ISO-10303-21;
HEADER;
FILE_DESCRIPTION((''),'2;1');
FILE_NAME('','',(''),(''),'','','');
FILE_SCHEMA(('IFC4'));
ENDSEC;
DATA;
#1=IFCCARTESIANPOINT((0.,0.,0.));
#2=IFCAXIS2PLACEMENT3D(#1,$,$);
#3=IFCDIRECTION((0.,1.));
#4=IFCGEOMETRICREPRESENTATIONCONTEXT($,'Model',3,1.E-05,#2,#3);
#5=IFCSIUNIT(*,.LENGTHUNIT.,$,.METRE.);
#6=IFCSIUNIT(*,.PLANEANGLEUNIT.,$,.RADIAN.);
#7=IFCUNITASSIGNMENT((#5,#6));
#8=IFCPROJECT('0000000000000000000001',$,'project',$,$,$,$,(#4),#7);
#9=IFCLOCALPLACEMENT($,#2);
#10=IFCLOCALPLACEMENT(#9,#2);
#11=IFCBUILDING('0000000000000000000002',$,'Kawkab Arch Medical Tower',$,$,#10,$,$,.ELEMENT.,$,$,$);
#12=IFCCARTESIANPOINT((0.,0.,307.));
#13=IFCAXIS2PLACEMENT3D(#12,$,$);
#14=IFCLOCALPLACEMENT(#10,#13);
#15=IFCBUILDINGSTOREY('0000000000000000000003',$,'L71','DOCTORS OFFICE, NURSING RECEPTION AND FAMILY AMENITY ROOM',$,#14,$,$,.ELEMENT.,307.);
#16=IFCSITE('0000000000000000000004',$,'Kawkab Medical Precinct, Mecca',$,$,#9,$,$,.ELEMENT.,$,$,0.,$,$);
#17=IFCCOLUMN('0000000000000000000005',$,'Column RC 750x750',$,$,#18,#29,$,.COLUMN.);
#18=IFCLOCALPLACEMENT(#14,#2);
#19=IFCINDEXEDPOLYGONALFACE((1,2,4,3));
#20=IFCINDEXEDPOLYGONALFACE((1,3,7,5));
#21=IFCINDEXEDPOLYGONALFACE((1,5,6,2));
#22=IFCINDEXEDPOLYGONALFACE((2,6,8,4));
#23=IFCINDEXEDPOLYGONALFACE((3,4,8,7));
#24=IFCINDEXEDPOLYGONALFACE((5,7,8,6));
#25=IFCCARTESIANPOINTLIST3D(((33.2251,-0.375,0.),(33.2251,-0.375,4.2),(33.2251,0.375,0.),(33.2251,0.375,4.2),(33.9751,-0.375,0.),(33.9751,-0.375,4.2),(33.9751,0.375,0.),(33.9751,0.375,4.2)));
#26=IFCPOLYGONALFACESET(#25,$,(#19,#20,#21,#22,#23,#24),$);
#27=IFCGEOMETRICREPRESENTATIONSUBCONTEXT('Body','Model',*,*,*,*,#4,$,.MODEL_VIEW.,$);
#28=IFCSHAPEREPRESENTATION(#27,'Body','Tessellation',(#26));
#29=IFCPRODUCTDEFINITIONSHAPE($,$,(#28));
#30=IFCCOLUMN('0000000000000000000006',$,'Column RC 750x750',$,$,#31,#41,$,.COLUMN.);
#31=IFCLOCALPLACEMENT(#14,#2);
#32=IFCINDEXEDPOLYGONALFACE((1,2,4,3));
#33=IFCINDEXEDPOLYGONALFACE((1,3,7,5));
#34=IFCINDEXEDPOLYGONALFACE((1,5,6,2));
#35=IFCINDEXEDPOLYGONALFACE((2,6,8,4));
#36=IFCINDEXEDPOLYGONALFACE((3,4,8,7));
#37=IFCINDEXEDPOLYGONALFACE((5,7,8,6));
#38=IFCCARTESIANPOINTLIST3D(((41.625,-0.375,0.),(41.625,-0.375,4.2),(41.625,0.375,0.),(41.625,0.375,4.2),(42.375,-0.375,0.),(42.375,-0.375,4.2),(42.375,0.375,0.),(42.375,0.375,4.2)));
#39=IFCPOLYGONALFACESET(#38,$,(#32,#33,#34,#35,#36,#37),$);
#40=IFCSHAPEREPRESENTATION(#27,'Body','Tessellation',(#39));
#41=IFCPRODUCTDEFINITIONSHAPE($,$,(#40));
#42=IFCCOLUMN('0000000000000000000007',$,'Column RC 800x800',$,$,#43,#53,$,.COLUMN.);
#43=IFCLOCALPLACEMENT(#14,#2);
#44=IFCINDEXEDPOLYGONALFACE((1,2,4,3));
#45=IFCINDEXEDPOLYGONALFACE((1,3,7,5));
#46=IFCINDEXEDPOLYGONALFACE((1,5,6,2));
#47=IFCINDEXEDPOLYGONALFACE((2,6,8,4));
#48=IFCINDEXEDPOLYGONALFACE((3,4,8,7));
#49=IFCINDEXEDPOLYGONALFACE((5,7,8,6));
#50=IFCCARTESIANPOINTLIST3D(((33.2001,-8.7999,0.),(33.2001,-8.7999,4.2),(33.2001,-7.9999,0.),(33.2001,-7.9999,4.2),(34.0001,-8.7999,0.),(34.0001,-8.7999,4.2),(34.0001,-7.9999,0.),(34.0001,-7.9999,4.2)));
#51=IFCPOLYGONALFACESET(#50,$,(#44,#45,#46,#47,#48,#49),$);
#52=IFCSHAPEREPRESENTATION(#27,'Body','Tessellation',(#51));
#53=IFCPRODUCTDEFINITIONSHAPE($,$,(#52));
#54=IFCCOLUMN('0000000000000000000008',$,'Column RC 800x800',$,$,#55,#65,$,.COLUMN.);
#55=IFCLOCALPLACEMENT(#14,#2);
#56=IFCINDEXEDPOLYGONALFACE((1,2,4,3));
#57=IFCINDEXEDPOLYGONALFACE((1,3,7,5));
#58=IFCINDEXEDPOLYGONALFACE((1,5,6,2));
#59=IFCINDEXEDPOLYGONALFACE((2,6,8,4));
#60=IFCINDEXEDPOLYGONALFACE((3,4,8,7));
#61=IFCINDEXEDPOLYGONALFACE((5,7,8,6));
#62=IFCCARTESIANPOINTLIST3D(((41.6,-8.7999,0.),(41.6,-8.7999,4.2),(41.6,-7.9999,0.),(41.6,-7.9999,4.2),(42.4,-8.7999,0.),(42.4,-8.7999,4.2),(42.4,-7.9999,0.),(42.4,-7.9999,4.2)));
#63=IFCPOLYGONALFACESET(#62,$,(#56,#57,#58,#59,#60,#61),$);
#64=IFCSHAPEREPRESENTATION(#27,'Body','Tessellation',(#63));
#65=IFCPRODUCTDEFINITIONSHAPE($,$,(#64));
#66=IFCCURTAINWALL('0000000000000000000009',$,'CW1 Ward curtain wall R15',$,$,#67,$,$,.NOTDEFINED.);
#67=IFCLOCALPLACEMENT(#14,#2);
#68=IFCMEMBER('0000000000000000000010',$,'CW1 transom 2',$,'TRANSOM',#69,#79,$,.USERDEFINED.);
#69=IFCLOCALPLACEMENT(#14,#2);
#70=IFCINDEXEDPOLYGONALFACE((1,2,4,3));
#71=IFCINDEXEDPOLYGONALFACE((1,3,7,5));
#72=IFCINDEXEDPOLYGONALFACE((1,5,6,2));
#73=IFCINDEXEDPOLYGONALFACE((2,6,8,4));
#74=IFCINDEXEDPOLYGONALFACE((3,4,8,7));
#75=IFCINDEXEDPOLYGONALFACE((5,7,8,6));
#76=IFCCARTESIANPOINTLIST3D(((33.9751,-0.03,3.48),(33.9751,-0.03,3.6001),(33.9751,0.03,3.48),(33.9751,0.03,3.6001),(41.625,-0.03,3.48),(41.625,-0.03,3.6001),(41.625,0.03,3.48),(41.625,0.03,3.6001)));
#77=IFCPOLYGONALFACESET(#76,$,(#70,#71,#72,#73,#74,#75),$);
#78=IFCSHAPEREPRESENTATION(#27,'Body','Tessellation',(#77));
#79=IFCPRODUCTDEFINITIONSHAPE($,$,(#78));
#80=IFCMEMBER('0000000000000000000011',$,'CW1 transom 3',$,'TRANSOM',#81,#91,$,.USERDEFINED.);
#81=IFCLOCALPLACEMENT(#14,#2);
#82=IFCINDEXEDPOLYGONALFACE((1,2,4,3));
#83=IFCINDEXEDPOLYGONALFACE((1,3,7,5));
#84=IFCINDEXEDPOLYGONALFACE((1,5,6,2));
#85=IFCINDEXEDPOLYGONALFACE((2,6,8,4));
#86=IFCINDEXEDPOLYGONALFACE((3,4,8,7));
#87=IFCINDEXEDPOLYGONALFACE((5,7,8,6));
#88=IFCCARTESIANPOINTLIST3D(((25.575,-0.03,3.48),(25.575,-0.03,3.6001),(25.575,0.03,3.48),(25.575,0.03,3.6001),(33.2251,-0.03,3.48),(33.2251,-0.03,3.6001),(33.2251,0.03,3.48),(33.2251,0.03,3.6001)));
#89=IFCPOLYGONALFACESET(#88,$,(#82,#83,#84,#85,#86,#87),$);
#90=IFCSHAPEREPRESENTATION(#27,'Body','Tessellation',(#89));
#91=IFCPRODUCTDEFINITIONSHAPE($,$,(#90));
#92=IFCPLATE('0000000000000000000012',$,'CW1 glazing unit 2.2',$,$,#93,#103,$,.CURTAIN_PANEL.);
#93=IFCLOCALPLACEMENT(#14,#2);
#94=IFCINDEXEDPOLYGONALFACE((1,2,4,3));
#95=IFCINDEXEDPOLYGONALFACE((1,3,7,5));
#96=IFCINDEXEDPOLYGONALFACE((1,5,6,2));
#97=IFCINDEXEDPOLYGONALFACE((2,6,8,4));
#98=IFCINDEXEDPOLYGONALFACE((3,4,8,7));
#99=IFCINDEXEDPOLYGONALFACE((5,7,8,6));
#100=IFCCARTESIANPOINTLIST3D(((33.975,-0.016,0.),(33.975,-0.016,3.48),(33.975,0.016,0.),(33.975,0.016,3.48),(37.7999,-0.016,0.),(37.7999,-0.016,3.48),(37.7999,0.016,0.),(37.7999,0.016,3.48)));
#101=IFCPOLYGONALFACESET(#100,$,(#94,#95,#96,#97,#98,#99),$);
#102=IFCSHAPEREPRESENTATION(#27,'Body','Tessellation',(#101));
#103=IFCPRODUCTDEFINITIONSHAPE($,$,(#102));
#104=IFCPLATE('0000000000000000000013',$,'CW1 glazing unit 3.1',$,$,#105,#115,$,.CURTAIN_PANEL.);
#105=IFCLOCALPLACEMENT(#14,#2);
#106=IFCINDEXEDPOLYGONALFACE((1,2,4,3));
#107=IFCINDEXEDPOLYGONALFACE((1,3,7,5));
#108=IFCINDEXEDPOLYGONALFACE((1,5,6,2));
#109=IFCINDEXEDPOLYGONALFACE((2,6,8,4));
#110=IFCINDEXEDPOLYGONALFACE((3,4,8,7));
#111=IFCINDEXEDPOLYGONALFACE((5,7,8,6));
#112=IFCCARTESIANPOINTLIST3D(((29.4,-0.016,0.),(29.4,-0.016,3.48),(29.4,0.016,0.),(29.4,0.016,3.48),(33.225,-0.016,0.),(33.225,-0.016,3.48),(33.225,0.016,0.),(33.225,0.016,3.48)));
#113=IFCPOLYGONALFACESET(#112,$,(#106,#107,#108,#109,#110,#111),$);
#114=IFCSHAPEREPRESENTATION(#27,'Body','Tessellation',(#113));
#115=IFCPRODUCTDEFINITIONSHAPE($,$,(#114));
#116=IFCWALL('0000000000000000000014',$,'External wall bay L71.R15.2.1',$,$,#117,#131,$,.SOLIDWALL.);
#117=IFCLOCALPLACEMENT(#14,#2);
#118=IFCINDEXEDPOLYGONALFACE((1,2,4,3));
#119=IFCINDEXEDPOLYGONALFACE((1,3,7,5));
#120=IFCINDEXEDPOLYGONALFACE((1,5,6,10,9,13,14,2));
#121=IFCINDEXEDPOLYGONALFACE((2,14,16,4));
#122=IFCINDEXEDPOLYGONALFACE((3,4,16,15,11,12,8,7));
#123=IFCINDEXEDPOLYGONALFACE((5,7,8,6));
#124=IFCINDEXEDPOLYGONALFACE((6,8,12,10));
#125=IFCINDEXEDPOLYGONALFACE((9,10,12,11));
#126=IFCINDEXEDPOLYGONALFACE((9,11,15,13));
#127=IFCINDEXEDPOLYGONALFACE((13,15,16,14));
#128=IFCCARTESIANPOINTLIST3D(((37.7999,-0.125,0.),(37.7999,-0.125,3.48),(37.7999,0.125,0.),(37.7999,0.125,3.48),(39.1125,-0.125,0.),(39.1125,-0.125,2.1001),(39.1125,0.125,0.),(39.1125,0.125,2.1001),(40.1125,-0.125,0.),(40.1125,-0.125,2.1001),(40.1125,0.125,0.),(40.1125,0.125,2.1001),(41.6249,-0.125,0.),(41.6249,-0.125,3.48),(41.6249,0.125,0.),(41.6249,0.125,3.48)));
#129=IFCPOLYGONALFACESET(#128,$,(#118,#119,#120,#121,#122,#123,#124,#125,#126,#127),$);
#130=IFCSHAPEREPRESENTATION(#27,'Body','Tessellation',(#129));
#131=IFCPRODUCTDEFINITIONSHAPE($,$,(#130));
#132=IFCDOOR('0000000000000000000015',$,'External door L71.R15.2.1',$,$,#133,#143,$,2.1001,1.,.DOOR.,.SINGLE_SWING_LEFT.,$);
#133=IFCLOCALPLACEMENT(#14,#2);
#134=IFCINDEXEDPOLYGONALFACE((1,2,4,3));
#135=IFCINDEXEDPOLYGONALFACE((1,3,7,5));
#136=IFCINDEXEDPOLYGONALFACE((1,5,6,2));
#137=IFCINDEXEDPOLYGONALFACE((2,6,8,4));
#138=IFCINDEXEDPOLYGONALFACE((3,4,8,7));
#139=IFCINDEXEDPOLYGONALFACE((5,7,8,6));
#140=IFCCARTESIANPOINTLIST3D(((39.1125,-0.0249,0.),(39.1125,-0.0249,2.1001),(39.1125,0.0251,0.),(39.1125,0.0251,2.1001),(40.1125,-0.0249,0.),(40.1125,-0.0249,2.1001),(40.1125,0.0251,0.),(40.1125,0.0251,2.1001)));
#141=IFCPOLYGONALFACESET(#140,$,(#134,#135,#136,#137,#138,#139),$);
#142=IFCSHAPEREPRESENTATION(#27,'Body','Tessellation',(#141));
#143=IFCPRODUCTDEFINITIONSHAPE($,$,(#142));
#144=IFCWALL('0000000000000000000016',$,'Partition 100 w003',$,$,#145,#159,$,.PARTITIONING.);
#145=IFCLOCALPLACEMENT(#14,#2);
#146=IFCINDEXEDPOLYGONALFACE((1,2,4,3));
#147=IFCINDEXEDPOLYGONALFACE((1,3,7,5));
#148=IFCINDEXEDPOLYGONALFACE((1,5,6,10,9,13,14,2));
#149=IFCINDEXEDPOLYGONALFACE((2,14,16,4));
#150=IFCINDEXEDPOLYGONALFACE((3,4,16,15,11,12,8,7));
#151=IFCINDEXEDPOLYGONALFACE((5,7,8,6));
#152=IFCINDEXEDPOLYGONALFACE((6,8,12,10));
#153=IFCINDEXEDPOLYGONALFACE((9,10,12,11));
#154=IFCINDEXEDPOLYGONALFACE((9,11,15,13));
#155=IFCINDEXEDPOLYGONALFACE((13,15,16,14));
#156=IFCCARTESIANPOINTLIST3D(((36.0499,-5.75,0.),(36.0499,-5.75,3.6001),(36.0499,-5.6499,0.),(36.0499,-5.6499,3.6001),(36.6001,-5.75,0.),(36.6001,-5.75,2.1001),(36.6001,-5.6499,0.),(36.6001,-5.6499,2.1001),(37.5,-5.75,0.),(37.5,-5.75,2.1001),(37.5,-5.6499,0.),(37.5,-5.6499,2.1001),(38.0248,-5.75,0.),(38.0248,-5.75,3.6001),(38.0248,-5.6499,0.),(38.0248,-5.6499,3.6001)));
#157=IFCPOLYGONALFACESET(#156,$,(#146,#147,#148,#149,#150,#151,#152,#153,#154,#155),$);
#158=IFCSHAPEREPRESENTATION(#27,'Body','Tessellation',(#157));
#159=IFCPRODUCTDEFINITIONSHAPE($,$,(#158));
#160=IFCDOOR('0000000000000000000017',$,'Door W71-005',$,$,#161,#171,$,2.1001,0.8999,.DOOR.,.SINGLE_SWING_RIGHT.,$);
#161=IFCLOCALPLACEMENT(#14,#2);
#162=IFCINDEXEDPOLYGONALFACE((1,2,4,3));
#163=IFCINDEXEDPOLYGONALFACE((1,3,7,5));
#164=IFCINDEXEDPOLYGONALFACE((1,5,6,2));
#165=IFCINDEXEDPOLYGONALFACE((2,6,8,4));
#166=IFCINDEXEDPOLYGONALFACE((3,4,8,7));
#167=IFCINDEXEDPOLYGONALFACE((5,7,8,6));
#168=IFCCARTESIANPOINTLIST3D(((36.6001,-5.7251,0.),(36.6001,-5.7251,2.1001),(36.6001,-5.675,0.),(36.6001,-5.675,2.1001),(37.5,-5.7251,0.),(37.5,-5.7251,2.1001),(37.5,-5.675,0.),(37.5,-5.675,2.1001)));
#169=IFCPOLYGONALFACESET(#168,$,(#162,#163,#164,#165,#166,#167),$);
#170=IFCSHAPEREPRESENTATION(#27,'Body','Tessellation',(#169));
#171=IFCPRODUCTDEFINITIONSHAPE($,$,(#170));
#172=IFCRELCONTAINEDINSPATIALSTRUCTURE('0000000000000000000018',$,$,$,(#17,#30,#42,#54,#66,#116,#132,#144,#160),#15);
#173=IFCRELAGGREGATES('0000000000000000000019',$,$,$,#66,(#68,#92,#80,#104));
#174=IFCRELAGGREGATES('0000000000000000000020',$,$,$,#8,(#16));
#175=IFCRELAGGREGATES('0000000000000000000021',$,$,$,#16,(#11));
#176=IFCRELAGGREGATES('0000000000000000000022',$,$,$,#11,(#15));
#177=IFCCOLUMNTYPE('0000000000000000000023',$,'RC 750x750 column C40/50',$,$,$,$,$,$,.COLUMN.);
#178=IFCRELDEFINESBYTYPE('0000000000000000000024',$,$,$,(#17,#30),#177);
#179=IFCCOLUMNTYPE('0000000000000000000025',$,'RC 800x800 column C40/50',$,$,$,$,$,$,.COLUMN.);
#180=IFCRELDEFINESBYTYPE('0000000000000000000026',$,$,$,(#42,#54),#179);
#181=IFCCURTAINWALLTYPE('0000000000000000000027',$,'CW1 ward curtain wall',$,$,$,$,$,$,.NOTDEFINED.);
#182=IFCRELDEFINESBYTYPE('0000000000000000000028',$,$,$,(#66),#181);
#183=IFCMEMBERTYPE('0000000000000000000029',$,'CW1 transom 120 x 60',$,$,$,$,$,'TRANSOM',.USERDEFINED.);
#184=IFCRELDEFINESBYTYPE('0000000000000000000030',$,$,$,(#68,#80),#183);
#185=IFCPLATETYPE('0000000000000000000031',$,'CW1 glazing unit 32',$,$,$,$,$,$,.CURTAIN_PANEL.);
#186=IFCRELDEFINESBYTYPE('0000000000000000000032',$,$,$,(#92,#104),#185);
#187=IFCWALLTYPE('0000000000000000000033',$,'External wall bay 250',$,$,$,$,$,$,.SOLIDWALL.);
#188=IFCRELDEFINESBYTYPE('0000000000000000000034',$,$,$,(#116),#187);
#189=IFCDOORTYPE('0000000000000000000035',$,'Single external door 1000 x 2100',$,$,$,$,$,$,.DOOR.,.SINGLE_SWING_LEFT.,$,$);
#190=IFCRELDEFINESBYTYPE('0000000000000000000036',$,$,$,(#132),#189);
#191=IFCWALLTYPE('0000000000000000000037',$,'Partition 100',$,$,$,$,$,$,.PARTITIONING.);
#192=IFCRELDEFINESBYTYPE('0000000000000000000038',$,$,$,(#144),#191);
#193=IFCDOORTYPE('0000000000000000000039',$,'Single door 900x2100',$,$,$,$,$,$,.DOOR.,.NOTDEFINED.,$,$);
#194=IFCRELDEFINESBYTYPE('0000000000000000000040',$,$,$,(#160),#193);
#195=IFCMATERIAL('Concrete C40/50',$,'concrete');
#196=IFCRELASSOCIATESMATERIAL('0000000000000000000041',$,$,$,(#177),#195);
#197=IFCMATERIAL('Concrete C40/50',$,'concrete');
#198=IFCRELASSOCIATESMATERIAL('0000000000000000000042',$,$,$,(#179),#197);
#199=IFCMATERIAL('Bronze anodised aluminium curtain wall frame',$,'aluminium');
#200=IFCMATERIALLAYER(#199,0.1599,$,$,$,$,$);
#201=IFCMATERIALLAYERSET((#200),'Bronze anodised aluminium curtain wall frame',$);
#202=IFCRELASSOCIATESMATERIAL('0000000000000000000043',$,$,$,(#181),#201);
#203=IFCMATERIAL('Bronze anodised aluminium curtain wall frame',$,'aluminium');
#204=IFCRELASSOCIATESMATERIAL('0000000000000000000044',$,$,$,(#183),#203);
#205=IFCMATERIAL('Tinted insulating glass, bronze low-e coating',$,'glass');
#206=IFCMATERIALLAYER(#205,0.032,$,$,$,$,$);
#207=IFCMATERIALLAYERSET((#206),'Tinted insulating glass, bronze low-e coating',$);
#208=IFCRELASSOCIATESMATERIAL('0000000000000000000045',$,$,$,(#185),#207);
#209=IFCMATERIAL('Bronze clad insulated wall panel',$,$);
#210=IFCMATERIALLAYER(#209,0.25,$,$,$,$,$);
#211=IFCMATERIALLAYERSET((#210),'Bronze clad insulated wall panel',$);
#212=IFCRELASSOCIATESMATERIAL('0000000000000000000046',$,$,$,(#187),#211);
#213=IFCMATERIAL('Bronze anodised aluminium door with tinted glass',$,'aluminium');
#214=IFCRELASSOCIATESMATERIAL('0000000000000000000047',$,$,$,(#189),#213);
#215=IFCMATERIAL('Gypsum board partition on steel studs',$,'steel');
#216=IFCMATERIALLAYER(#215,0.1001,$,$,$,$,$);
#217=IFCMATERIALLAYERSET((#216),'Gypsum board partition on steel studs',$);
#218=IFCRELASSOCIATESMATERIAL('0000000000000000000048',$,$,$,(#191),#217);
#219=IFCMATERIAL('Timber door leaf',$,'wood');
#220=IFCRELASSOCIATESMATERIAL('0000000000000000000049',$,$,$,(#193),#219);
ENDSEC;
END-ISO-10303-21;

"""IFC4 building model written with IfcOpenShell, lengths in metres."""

from ifc_helpers import new_model, si_unit, direction, frame, frame_2d, origin, origin_2d, place, context, subcontext, project, spatial, rectangle, extrude, material, layer, layer_set, material_profile, profile_set, type_object, element, fill, aggregate, save


model = new_model("IFC4")

# Units and contexts
model_context = context("Model", 3, precision=1e-05, world=origin(), true_north=direction((0.0, 1.0)))
body_context = subcontext(model_context, "Body", "Model", "MODEL_VIEW")
ifc_project = project(units=[si_unit("LENGTHUNIT", "METRE"), si_unit("PLANEANGLEUNIT", "RADIAN")], contexts=[model_context])

# Site, building, storey
site_placement = place(None, origin())
site = spatial("IfcSite", under=ifc_project, at=site_placement, Name="Kawkab Medical Precinct, Mecca", CompositionType="ELEMENT", RefElevation=0.0)
building_placement = place(site_placement, origin())
building = spatial("IfcBuilding", under=site, at=building_placement, Name="Kawkab Arch Medical Tower", CompositionType="ELEMENT")
storey_placement = place(building_placement, frame((0.0, 0.0, 307.0)))
storey = spatial("IfcBuildingStorey", under=building, at=storey_placement, Name="L71", Description="DOCTORS OFFICE, NURSING RECEPTION AND FAMILY AMENITY ROOM", CompositionType="ELEMENT", Elevation=307.0)

# Columns
ifc_material_1 = material(Name="Concrete C40/50", Category="concrete")
ifc_material_profile_1 = material_profile(ifc_material_1, rectangle(XDim=0.75, YDim=0.75, at=origin_2d()), Name="RC 750x750")
ifc_profile_set_1 = profile_set([ifc_material_profile_1], Name="Concrete C40/50")
column_type_1 = type_object("IfcColumnType", Name="RC 750x750 column C40/50", PredefinedType="COLUMN", material=ifc_profile_set_1)
for number, where, z_axis, x_axis, name in (
    (1, (33.6001, 0.0, 0.0), (0.0, 0.0, 1.0), (1.0, 0.0, 0.0), "Column RC 750x750"),
    (2, (42.0, 0.0, 0.0), (0.0, 0.0, 1.0), (1.0, 0.0, 0.0), "Column RC 750x750"),
):
    element("IfcColumn", number, at=place(storey_placement, frame(where, z_axis=z_axis, x_axis=x_axis)), inside=storey, type_object=column_type_1, Name=name, PredefinedType="COLUMN", context=body_context, shape_type="SweptSolid", body=[
        extrude(rectangle(XDim=0.75, YDim=0.75, at=origin_2d()), origin(), (0.0, 0.0, 1.0), 4.2),
    ])
ifc_material_2 = material(Name="Concrete C40/50", Category="concrete")
ifc_material_profile_2 = material_profile(ifc_material_2, rectangle(XDim=0.8, YDim=0.8, at=origin_2d()), Name="RC 800x800")
ifc_profile_set_2 = profile_set([ifc_material_profile_2], Name="Concrete C40/50")
column_type_2 = type_object("IfcColumnType", Name="RC 800x800 column C40/50", PredefinedType="COLUMN", material=ifc_profile_set_2)
for number, where, z_axis, x_axis, name in (
    (3, (33.6001, -8.3999, 0.0), (0.0, 0.0, 1.0), (1.0, 0.0, 0.0), "Column RC 800x800"),
    (4, (42.0, -8.3999, 0.0), (0.0, 0.0, 1.0), (1.0, 0.0, 0.0), "Column RC 800x800"),
):
    element("IfcColumn", number, at=place(storey_placement, frame(where, z_axis=z_axis, x_axis=x_axis)), inside=storey, type_object=column_type_2, Name=name, PredefinedType="COLUMN", context=body_context, shape_type="SweptSolid", body=[
        extrude(rectangle(XDim=0.8, YDim=0.8, at=origin_2d()), origin(), (0.0, 0.0, 1.0), 4.2),
    ])

# Curtain wall, members, plates
ifc_material_3 = material(Name="Bronze anodised aluminium curtain wall frame", Category="aluminium")
ifc_layer_1 = layer(ifc_material_3, 0.1599)
ifc_layer_set_1 = layer_set([ifc_layer_1], Name="Bronze anodised aluminium curtain wall frame")
curtain_wall_type = type_object("IfcCurtainWallType", Name="CW1 ward curtain wall", PredefinedType="NOTDEFINED", material=ifc_layer_set_1)
curtain_wall_placement = place(storey_placement, origin())
curtain_wall = element("IfcCurtainWall", 5, at=curtain_wall_placement, inside=storey, type_object=curtain_wall_type, Name="CW1 Ward curtain wall R15", PredefinedType="NOTDEFINED")
ifc_material_4 = material(Name="Bronze anodised aluminium curtain wall frame", Category="aluminium")
ifc_material_profile_3 = material_profile(ifc_material_4, rectangle(XDim=0.0601, YDim=0.1201, at=origin_2d()), Name="AL 60x120")
ifc_profile_set_3 = profile_set([ifc_material_profile_3], Name="Bronze anodised aluminium curtain wall frame")
member_type = type_object("IfcMemberType", Name="CW1 transom 120 x 60", ElementType="TRANSOM", PredefinedType="USERDEFINED", material=ifc_profile_set_3)
member_1_placement = place(storey_placement, frame((41.625, 0.0, 3.54), z_axis=(-1.0, 0.0, 0.0), x_axis=(0.0, -1.0, 0.0)))
member_1 = element("IfcMember", 6, at=member_1_placement, type_object=member_type, Name="CW1 transom 2", ObjectType="TRANSOM", PredefinedType="USERDEFINED", context=body_context, shape_type="SweptSolid", body=[
    extrude(rectangle(XDim=0.0601, YDim=0.1201, at=origin_2d()), origin(), (0.0, 0.0, 1.0), 7.6499),
])
member_2_placement = place(storey_placement, frame((33.2251, 0.0, 3.54), z_axis=(-1.0, 0.0, 0.0), x_axis=(0.0, -1.0, 0.0)))
member_2 = element("IfcMember", 7, at=member_2_placement, type_object=member_type, Name="CW1 transom 3", ObjectType="TRANSOM", PredefinedType="USERDEFINED", context=body_context, shape_type="SweptSolid", body=[
    extrude(rectangle(XDim=0.0601, YDim=0.1201, at=origin_2d()), origin(), (0.0, 0.0, 1.0), 7.6501),
])
ifc_material_5 = material(Name="Tinted insulating glass, bronze low-e coating", Category="glass")
ifc_layer_2 = layer(ifc_material_5, 0.032)
ifc_layer_set_2 = layer_set([ifc_layer_2], Name="Tinted insulating glass, bronze low-e coating")
plate_type = type_object("IfcPlateType", Name="CW1 glazing unit 32", PredefinedType="CURTAIN_PANEL", material=ifc_layer_set_2)
plate_1_placement = place(storey_placement, frame((35.8875, 0.0, 0.0), z_axis=(0.0, 0.0, 1.0), x_axis=(-1.0, 0.0, 0.0)))
plate_1 = element("IfcPlate", 8, at=plate_1_placement, type_object=plate_type, Name="CW1 glazing unit 2.2", PredefinedType="CURTAIN_PANEL", context=body_context, shape_type="SweptSolid", body=[
    extrude(rectangle(XDim=3.825, YDim=0.032, at=origin_2d()), origin(), (0.0, 0.0, 1.0), 3.48),
])
plate_2_placement = place(storey_placement, frame((31.3125, 0.0, 0.0), z_axis=(0.0, 0.0, 1.0), x_axis=(-1.0, 0.0, 0.0)))
plate_2 = element("IfcPlate", 9, at=plate_2_placement, type_object=plate_type, Name="CW1 glazing unit 3.1", PredefinedType="CURTAIN_PANEL", context=body_context, shape_type="SweptSolid", body=[
    extrude(rectangle(XDim=3.825, YDim=0.032, at=origin_2d()), origin(), (0.0, 0.0, 1.0), 3.48),
])
aggregate(curtain_wall, [member_1, plate_1, member_2, plate_2])

# Walls, openings, doors
ifc_material_6 = material(Name="Bronze clad insulated wall panel")
ifc_layer_3 = layer(ifc_material_6, 0.25)
ifc_layer_set_3 = layer_set([ifc_layer_3], Name="Bronze clad insulated wall panel")
wall_type_1 = type_object("IfcWallType", Name="External wall bay 250", PredefinedType="SOLIDWALL", material=ifc_layer_set_3)
wall_1_placement = place(storey_placement, frame((41.625, 0.0, 0.0), z_axis=(0.0, 0.0, 1.0), x_axis=(-1.0, 0.0, 0.0)))
wall_1 = element("IfcWall", 10, at=wall_1_placement, inside=storey, type_object=wall_type_1, Name="External wall bay L71.R15.2.1", PredefinedType="SOLIDWALL", context=body_context, shape_type="SweptSolid", body=[
    extrude(rectangle(XDim=3.825, YDim=0.25, at=frame_2d((1.9126, 0.0))), origin(), (0.0, 0.0, 1.0), 3.48),
])
opening_1_placement = place(wall_1_placement, frame((1.5125, 0.0, 0.0)))
opening_1 = element("IfcOpeningElement", 11, at=opening_1_placement, cuts=wall_1, PredefinedType="OPENING", context=body_context, shape_type="SweptSolid", body=[
    extrude(rectangle(XDim=1.0, YDim=2.1001, at=frame_2d((0.5, 1.05))), frame((0.0, 0.135, 0.0), z_axis=(0.0, -1.0, 0.0), x_axis=(1.0, 0.0, 0.0)), (0.0, 0.0, 1.0), 0.27),
])
ifc_material_7 = material(Name="Bronze anodised aluminium door with tinted glass", Category="aluminium")
door_type_1 = type_object("IfcDoorType", Name="Single external door 1000 x 2100", OperationType="SINGLE_SWING_LEFT", PredefinedType="DOOR", material=ifc_material_7)
door_1_placement = place(opening_1_placement, origin())
door_1 = element("IfcDoor", 12, at=door_1_placement, inside=storey, type_object=door_type_1, Name="External door L71.R15.2.1", OperationType="SINGLE_SWING_LEFT", OverallHeight=2.1001, OverallWidth=1.0, PredefinedType="DOOR", context=body_context, shape_type="SweptSolid", body=[
    extrude(rectangle(XDim=1.0, YDim=2.1001, at=frame_2d((0.5, 1.05))), frame((0.0, 0.0249, 0.0), z_axis=(0.0, -1.0, 0.0), x_axis=(1.0, 0.0, 0.0)), (0.0, 0.0, 1.0), 0.05),
])
fill(opening_1, door_1)
ifc_material_8 = material(Name="Gypsum board partition on steel studs", Category="steel")
ifc_layer_4 = layer(ifc_material_8, 0.1001)
ifc_layer_set_4 = layer_set([ifc_layer_4], Name="Gypsum board partition on steel studs")
wall_type_2 = type_object("IfcWallType", Name="Partition 100", PredefinedType="PARTITIONING", material=ifc_layer_set_4)
wall_2_placement = place(storey_placement, frame((36.05, -5.7, 0.0), z_axis=(0.0, 0.0, 1.0), x_axis=(1.0, 0.0, 0.0)))
wall_2 = element("IfcWall", 13, at=wall_2_placement, inside=storey, type_object=wall_type_2, Name="Partition 100 w003", PredefinedType="PARTITIONING", context=body_context, shape_type="SweptSolid", body=[
    extrude(rectangle(XDim=1.9749, YDim=0.1001, at=frame_2d((0.9873, 0.0))), origin(), (0.0, 0.0, 1.0), 3.6001),
])
opening_2_placement = place(wall_2_placement, frame((0.55, 0.0, 0.0)))
opening_2 = element("IfcOpeningElement", 14, at=opening_2_placement, cuts=wall_2, PredefinedType="OPENING", context=body_context, shape_type="SweptSolid", body=[
    extrude(rectangle(XDim=0.8999, YDim=2.1001, at=frame_2d((0.45, 1.05))), frame((0.0, 0.0601, 0.0), z_axis=(0.0, -1.0, 0.0), x_axis=(1.0, 0.0, 0.0)), (0.0, 0.0, 1.0), 0.1201),
])
ifc_material_9 = material(Name="Timber door leaf", Category="wood")
door_type_2 = type_object("IfcDoorType", Name="Single door 900x2100", OperationType="NOTDEFINED", PredefinedType="DOOR", material=ifc_material_9)
door_2_placement = place(opening_2_placement, origin())
door_2 = element("IfcDoor", 15, at=door_2_placement, inside=storey, type_object=door_type_2, Name="Door W71-005", OperationType="SINGLE_SWING_RIGHT", OverallHeight=2.1001, OverallWidth=0.8999, PredefinedType="DOOR", context=body_context, shape_type="SweptSolid", body=[
    extrude(rectangle(XDim=0.8999, YDim=2.1001, at=frame_2d((0.45, 1.05))), frame((0.0, 0.0249, 0.0), z_axis=(0.0, -1.0, 0.0), x_axis=(1.0, 0.0, 0.0)), (0.0, 0.0, 1.0), 0.05),
])
fill(opening_2, door_2)

save(model, "model.ifc")
